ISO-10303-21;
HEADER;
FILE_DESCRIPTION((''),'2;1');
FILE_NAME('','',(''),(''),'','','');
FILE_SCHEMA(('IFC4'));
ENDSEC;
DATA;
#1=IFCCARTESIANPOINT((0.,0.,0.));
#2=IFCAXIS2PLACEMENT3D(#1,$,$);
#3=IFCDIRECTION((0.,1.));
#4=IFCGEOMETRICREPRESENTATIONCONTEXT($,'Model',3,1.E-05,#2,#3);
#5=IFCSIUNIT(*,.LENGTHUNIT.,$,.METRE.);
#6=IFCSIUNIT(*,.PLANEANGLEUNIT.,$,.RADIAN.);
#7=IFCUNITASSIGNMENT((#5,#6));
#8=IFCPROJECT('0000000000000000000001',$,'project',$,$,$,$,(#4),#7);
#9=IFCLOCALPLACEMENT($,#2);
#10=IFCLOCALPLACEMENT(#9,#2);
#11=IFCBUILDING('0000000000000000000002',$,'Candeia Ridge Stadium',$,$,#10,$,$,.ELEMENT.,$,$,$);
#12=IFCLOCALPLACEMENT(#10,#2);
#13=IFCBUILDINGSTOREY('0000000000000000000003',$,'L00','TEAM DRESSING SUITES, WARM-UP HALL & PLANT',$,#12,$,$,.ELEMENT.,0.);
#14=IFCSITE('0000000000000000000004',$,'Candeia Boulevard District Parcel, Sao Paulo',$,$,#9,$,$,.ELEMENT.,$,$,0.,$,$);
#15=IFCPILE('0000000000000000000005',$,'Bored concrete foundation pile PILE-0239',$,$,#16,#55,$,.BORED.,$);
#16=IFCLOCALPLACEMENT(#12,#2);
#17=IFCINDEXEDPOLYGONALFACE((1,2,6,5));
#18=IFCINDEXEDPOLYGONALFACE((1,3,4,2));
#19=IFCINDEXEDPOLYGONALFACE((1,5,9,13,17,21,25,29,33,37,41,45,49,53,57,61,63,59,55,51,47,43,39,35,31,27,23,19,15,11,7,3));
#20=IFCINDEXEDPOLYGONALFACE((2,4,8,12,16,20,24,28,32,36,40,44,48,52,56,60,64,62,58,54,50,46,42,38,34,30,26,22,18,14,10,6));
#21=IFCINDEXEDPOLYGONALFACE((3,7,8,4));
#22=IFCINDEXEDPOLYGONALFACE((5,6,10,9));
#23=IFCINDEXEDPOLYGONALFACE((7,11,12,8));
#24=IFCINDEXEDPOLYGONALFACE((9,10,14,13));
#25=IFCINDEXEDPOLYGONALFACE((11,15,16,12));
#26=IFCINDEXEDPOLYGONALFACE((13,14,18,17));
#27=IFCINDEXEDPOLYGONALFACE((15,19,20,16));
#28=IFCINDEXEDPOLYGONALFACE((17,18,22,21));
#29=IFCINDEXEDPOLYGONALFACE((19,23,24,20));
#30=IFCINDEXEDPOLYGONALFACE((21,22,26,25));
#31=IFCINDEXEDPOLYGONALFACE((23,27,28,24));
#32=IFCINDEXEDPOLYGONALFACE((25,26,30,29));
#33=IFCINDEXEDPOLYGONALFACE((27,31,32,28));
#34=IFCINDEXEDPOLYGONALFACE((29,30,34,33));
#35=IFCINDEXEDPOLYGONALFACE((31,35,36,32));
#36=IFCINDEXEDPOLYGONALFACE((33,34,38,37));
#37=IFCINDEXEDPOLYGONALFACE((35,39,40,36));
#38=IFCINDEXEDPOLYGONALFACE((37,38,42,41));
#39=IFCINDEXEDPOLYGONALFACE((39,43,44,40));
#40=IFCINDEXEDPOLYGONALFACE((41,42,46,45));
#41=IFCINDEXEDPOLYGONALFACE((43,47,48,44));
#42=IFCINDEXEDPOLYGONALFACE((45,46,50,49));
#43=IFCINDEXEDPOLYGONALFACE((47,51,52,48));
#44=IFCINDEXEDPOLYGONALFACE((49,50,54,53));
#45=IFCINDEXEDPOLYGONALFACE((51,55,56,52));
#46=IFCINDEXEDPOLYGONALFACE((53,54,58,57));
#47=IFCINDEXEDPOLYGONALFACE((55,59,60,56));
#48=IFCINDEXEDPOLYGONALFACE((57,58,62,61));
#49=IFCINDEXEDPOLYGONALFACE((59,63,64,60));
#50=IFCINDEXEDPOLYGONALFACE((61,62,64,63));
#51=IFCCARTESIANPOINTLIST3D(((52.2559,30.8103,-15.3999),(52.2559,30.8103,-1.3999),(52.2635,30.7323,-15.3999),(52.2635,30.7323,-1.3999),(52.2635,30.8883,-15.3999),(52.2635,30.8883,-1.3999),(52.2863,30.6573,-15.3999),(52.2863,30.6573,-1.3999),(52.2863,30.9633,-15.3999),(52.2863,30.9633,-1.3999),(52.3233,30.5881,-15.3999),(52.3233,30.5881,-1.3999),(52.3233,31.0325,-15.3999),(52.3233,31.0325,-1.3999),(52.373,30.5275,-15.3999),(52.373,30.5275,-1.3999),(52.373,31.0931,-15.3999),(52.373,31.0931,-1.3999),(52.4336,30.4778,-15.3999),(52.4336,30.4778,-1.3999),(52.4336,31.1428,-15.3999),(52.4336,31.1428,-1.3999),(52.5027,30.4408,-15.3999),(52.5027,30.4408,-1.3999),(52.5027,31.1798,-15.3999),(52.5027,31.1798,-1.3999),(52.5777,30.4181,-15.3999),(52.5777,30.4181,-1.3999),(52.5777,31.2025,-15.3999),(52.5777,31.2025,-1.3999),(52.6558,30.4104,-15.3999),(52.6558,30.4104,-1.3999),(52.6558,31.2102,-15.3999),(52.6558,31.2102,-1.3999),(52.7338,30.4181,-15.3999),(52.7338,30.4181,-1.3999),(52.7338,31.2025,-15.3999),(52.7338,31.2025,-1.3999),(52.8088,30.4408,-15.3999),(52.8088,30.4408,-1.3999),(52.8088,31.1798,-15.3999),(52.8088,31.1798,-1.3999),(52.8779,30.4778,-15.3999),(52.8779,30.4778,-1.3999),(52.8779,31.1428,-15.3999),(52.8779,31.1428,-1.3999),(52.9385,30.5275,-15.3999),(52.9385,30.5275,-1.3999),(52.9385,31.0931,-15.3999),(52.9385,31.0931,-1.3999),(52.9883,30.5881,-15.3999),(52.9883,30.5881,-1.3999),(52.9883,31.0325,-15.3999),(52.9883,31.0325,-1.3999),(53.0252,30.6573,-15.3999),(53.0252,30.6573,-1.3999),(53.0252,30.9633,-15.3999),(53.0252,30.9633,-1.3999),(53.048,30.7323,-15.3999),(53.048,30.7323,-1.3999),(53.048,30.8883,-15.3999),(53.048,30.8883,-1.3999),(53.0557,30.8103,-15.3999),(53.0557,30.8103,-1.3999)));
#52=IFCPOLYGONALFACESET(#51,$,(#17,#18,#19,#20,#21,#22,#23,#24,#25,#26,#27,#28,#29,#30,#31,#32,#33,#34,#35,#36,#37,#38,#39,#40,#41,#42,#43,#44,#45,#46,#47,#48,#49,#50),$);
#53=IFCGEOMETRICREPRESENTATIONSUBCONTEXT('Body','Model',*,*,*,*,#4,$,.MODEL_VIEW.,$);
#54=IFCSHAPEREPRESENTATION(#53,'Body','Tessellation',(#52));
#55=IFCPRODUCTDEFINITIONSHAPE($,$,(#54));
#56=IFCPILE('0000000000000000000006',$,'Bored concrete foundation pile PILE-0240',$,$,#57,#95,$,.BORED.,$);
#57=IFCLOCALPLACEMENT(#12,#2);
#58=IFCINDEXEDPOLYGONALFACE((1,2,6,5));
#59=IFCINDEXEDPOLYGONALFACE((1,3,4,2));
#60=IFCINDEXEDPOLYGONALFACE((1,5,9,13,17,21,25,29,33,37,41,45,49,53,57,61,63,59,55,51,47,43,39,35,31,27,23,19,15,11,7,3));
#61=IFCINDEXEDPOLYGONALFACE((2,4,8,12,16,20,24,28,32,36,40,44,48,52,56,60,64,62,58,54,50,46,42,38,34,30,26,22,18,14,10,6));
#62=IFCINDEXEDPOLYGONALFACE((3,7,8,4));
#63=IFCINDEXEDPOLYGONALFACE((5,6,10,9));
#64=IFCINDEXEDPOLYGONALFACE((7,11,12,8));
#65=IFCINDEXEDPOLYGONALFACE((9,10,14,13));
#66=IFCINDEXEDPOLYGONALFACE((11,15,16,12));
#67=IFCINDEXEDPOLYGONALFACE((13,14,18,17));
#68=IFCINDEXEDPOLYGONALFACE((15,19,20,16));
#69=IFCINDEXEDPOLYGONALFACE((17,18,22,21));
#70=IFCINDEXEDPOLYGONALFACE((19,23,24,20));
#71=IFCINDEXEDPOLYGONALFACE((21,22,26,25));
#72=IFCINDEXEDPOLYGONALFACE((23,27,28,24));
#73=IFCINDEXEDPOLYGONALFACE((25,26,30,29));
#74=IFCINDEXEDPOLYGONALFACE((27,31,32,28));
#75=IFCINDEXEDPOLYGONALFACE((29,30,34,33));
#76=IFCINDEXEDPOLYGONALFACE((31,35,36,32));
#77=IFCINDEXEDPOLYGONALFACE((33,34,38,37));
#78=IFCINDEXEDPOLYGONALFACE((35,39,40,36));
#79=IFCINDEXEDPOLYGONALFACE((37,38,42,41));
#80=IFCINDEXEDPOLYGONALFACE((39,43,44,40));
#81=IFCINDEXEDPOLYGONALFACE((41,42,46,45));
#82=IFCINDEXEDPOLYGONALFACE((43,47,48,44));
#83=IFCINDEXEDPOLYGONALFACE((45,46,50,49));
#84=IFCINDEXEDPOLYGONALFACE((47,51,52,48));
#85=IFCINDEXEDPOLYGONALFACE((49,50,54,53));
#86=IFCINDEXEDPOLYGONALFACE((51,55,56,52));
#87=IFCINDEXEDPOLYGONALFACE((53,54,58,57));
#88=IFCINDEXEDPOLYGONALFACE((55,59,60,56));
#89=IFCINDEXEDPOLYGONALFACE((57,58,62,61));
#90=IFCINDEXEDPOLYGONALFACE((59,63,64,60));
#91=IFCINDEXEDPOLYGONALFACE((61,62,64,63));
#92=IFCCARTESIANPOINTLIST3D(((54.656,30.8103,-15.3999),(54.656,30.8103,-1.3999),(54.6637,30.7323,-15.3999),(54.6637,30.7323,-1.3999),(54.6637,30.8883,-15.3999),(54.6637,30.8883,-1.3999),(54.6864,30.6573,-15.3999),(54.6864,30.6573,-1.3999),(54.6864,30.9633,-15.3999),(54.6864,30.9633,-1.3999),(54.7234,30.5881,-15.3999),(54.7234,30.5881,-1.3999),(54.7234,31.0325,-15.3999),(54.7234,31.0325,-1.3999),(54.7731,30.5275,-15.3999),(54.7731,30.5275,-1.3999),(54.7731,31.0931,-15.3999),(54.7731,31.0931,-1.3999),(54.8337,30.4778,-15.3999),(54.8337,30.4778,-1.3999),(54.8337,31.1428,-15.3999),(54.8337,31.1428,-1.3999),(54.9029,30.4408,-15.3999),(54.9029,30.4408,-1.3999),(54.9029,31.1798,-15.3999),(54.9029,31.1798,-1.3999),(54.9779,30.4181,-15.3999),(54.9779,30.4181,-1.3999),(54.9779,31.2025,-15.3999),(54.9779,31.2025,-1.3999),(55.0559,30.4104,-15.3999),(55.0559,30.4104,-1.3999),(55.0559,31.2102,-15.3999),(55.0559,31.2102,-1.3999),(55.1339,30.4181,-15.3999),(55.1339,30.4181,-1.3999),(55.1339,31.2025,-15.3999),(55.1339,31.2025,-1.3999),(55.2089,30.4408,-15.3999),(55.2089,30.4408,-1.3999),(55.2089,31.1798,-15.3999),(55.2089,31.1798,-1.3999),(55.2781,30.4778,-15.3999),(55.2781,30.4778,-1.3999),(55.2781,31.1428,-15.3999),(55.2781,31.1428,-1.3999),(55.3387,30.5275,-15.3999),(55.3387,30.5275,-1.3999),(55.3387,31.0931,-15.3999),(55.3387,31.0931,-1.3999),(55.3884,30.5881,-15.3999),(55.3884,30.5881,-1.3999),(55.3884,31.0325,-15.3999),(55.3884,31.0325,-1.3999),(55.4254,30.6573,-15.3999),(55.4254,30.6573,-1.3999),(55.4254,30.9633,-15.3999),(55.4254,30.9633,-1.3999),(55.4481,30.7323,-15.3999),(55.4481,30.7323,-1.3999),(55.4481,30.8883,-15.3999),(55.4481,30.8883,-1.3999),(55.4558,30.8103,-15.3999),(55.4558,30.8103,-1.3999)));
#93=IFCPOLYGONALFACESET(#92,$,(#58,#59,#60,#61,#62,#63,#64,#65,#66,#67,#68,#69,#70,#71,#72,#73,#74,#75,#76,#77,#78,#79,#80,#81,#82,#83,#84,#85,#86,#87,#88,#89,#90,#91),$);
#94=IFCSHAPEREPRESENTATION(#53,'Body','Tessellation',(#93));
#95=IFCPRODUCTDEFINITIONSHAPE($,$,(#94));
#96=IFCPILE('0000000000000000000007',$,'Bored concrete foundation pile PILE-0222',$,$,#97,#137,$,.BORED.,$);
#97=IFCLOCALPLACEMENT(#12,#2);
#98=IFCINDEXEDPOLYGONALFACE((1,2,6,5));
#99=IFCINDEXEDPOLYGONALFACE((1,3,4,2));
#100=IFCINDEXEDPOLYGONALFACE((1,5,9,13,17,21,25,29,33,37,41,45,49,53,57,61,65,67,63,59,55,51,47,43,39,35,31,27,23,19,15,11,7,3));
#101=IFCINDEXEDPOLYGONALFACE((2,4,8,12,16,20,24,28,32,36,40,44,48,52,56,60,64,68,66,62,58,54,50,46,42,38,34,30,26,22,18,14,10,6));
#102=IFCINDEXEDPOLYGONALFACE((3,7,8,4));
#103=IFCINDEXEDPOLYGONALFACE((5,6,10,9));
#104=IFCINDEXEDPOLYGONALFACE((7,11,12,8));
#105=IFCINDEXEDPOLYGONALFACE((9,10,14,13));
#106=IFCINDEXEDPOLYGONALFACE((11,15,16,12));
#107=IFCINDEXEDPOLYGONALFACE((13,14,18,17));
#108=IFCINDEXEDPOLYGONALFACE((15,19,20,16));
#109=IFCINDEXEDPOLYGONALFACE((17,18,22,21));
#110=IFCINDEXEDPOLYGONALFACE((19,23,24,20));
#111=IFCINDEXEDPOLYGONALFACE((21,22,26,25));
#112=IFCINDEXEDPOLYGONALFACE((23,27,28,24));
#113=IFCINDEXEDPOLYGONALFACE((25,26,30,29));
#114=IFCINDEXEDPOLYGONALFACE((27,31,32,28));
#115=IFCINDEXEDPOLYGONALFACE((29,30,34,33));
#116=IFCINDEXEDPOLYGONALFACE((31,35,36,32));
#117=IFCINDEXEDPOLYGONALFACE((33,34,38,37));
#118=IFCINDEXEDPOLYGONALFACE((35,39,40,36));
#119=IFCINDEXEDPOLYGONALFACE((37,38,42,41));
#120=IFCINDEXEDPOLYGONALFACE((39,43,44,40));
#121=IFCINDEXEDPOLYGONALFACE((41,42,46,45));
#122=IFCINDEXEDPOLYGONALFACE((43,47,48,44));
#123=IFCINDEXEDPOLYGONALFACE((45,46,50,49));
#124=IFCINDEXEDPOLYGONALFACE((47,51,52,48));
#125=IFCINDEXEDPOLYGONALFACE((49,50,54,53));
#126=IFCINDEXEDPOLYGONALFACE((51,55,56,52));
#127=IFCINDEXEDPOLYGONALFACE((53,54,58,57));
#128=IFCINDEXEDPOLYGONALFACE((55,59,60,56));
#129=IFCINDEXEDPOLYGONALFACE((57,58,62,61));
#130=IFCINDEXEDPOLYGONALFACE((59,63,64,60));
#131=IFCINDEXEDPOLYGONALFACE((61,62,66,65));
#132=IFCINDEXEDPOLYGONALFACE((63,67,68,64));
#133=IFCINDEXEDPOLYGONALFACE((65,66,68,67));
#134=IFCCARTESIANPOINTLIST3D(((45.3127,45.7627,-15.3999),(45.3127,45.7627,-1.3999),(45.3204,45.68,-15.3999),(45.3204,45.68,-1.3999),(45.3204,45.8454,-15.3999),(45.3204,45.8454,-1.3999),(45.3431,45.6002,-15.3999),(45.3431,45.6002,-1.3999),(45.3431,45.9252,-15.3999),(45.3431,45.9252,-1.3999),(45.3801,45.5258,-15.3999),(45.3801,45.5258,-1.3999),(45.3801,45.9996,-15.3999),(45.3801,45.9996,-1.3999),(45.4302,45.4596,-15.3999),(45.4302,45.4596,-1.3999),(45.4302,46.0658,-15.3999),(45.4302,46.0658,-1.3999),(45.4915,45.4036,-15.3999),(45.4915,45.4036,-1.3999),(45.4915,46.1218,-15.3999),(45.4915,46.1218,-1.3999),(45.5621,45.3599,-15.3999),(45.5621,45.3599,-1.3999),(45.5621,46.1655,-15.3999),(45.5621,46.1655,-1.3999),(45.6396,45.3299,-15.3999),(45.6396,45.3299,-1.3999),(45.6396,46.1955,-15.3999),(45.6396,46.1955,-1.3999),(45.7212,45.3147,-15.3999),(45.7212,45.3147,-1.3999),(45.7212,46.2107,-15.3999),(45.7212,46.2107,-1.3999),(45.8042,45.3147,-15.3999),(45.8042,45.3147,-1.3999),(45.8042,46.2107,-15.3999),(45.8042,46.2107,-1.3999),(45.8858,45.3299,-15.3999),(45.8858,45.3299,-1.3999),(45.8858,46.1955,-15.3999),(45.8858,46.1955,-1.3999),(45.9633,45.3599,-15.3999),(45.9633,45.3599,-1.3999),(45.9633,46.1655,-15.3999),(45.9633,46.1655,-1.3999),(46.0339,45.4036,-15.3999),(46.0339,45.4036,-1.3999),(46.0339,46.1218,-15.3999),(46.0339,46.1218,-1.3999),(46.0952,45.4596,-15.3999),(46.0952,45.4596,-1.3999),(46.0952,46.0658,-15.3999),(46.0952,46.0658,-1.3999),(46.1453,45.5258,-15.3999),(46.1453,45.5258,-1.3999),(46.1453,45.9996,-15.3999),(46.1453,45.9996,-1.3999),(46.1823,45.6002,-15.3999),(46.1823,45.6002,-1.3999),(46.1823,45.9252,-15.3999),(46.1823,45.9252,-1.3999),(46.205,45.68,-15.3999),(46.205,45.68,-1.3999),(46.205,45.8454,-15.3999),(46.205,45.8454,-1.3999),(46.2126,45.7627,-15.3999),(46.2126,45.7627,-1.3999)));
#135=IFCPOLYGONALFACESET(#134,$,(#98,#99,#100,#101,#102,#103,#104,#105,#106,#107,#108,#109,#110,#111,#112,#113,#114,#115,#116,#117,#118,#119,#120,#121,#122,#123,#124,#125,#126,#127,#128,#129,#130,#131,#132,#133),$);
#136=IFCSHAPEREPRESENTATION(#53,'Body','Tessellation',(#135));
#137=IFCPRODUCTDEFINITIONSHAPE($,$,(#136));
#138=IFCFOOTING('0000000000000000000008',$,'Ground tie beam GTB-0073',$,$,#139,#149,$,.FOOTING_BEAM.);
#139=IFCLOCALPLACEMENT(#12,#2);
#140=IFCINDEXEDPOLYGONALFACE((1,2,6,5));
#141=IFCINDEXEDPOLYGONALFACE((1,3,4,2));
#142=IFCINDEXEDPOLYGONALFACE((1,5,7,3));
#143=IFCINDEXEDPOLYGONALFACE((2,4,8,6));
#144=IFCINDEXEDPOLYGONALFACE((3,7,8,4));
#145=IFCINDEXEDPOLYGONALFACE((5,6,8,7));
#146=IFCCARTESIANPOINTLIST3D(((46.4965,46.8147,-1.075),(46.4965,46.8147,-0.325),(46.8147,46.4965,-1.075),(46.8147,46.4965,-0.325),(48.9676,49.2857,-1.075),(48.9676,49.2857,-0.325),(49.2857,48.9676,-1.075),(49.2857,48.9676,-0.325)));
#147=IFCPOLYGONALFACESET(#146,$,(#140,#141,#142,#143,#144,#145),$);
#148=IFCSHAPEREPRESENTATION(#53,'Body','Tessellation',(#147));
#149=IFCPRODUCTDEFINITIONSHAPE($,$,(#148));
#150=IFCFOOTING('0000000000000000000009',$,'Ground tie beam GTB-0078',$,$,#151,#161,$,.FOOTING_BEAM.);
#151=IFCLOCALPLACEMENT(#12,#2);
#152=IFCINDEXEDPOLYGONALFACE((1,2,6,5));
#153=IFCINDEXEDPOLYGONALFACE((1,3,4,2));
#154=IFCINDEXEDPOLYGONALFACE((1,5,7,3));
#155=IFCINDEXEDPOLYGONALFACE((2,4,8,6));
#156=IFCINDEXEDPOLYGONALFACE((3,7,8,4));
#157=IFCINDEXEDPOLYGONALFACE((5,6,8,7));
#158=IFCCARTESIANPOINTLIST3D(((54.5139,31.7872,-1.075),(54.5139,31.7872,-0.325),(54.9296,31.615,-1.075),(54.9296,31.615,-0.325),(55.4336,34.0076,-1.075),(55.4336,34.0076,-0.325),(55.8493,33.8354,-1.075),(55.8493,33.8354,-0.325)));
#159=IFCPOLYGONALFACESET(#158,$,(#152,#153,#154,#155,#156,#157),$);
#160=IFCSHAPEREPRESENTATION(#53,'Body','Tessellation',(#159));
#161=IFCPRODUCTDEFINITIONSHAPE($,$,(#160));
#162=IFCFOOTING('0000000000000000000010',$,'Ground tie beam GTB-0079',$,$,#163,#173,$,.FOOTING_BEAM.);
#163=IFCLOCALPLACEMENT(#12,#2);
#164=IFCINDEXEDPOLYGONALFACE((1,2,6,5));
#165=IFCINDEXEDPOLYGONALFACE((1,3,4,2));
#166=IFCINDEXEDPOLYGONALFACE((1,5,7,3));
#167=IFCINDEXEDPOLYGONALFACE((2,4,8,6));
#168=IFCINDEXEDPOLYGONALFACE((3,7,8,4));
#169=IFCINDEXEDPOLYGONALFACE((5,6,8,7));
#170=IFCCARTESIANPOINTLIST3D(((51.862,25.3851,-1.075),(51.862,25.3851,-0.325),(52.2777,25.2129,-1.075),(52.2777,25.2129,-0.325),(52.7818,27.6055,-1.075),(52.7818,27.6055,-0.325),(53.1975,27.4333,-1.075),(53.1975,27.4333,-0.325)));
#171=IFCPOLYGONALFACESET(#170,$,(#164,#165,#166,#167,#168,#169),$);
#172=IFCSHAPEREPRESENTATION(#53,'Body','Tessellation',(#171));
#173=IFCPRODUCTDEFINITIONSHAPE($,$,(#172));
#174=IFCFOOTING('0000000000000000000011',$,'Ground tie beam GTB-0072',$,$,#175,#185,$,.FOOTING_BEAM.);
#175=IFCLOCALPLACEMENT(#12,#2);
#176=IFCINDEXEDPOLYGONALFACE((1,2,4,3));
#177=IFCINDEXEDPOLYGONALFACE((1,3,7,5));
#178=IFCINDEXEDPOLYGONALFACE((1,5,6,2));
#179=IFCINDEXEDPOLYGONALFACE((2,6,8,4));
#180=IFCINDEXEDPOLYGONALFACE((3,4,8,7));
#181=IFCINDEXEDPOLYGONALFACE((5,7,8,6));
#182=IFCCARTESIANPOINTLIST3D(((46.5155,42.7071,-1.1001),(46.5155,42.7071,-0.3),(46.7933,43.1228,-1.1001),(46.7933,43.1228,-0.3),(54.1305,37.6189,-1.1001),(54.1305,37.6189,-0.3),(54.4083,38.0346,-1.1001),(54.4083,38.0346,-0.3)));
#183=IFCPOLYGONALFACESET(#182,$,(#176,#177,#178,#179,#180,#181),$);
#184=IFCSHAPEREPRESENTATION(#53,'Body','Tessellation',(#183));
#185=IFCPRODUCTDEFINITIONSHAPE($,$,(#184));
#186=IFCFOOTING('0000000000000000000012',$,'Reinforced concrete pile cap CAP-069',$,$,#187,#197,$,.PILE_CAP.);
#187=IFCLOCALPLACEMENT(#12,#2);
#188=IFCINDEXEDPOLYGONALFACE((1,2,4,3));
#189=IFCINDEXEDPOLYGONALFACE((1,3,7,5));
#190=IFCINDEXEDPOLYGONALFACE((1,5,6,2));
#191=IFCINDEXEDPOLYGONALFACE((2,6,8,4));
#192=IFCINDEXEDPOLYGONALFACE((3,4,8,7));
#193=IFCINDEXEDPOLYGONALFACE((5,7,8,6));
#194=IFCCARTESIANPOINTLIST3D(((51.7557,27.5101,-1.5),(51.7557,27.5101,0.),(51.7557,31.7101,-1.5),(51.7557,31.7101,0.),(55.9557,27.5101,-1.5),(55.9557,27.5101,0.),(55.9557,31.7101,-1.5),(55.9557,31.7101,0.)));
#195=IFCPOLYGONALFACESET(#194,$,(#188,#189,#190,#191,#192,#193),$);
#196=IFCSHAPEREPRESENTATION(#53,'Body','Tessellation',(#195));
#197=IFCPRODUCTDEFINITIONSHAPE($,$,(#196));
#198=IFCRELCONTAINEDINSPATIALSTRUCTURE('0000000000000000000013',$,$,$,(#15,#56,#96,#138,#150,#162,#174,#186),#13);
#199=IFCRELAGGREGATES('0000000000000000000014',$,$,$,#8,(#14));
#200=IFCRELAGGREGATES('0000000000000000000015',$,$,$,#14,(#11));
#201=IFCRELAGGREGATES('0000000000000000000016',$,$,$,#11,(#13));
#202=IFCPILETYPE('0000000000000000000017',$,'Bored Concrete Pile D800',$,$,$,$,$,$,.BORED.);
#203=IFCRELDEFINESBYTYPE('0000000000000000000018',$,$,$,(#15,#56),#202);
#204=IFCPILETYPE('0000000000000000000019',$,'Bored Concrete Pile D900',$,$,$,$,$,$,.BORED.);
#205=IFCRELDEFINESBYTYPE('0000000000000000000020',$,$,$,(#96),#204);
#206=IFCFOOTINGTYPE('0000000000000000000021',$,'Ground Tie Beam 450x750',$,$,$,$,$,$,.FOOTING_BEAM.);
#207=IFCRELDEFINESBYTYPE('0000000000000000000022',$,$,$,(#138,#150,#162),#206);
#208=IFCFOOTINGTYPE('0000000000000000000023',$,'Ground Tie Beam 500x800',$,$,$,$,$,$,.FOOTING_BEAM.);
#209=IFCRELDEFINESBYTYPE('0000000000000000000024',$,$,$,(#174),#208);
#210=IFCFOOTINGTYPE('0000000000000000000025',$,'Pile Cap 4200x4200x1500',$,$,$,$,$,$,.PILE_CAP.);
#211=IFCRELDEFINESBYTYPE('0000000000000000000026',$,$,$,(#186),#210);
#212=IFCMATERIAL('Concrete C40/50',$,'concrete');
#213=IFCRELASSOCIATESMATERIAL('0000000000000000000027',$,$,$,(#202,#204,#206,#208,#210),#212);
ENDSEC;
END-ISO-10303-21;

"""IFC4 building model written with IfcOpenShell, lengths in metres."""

from ifc_helpers import new_model, si_unit, direction, frame, origin, origin_2d, place, context, subcontext, project, spatial, rectangle, circle, extrude, material, material_profile, profile_set, type_object, element, save


model = new_model("IFC4")

# Units and contexts
model_context = context("Model", 3, precision=1e-05, world=origin(), true_north=direction((0.0, 1.0)))
body_context = subcontext(model_context, "Body", "Model", "MODEL_VIEW")
ifc_project = project(units=[si_unit("LENGTHUNIT", "METRE"), si_unit("PLANEANGLEUNIT", "RADIAN")], contexts=[model_context])

# Site, building, storey
site_placement = place(None, origin())
site = spatial("IfcSite", under=ifc_project, at=site_placement, Name="Candeia Boulevard District Parcel, Sao Paulo", CompositionType="ELEMENT", RefElevation=0.0)
building_placement = place(site_placement, origin())
building = spatial("IfcBuilding", under=site, at=building_placement, Name="Candeia Ridge Stadium", CompositionType="ELEMENT")
storey_placement = place(building_placement, origin())
storey = spatial("IfcBuildingStorey", under=building, at=storey_placement, Name="L00", Description="TEAM DRESSING SUITES, WARM-UP HALL & PLANT", CompositionType="ELEMENT", Elevation=0.0)

# Piles
ifc_material_1 = material(Name="Concrete C40/50", Category="concrete")
ifc_material_profile_1 = material_profile(ifc_material_1, circle(Radius=0.3999, at=origin_2d()), Name="PILE-D800", Category="concrete")
ifc_profile_set_1 = profile_set([ifc_material_profile_1], Name="Concrete C40/50")
pile_type_1 = type_object("IfcPileType", Name="Bored Concrete Pile D800", PredefinedType="BORED", material=ifc_profile_set_1)
for number, where, z_axis, x_axis, name in (
    (1, (52.6558, 30.8103, -1.3999), (0.0, 0.0, -1.0), (1.0, 0.0, 0.0), "Bored concrete foundation pile PILE-0239"),
    (2, (55.0559, 30.8103, -1.3999), (0.0, 0.0, -1.0), (1.0, 0.0, 0.0), "Bored concrete foundation pile PILE-0240"),
):
    element("IfcPile", number, at=place(storey_placement, frame(where, z_axis=z_axis, x_axis=x_axis)), inside=storey, type_object=pile_type_1, Name=name, PredefinedType="BORED", context=body_context, shape_type="SweptSolid", body=[
        extrude(circle(Radius=0.3999, at=origin_2d()), origin(), (0.0, 0.0, 1.0), 14.0),
    ])
ifc_material_profile_2 = material_profile(ifc_material_1, circle(Radius=0.45, at=origin_2d()), Name="PILE-D900", Category="concrete")
ifc_profile_set_2 = profile_set([ifc_material_profile_2], Name="Concrete C40/50")
pile_type_2 = type_object("IfcPileType", Name="Bored Concrete Pile D900", PredefinedType="BORED", material=ifc_profile_set_2)
pile_placement = place(storey_placement, frame((45.7627, 45.7627, -1.3999), z_axis=(0.0, 0.0, -1.0), x_axis=(1.0, 0.0, 0.0)))
element("IfcPile", 3, at=pile_placement, inside=storey, type_object=pile_type_2, Name="Bored concrete foundation pile PILE-0222", PredefinedType="BORED", context=body_context, shape_type="SweptSolid", body=[
    extrude(circle(Radius=0.45, at=origin_2d()), origin(), (0.0, 0.0, 1.0), 14.0),
])

# Footings
footing_type_1 = type_object("IfcFootingType", Name="Ground Tie Beam 450x750", PredefinedType="FOOTING_BEAM", material=ifc_material_1)
footing_1_placement = place(storey_placement, frame((47.8911, 47.8911, -1.075), z_axis=(0.0, 0.0, 1.0), x_axis=(-0.707107, -0.707107, 0.0)))
element("IfcFooting", 4, at=footing_1_placement, inside=storey, type_object=footing_type_1, Name="Ground tie beam GTB-0073", PredefinedType="FOOTING_BEAM", context=body_context, shape_type="SweptSolid", body=[
    extrude(rectangle(XDim=3.4946, YDim=0.45, at=origin_2d()), origin(), (0.0, 0.0, 1.0), 0.75),
])
for number, where, z_axis, x_axis, name in (
    (5, (55.1816, 32.8113, -1.075), (0.0, 0.0, 1.0), (-0.382676, -0.923882, 0.0), "Ground tie beam GTB-0078"),
    (6, (52.5298, 26.4092, -1.075), (0.0, 0.0, 1.0), (-0.382712, -0.923868, 0.0), "Ground tie beam GTB-0079"),
):
    element("IfcFooting", number, at=place(storey_placement, frame(where, z_axis=z_axis, x_axis=x_axis)), inside=storey, type_object=footing_type_1, Name=name, PredefinedType="FOOTING_BEAM", context=body_context, shape_type="SweptSolid", body=[
        extrude(rectangle(XDim=2.4033, YDim=0.45, at=origin_2d()), origin(), (0.0, 0.0, 1.0), 0.75),
    ])
footing_type_2 = type_object("IfcFootingType", Name="Ground Tie Beam 500x800", PredefinedType="FOOTING_BEAM", material=ifc_material_1)
footing_2_placement = place(storey_placement, frame((50.4619, 40.3708, -1.1001), z_axis=(0.0, 0.0, 1.0), x_axis=(0.83147, -0.555569, 0.0)))
element("IfcFooting", 7, at=footing_2_placement, inside=storey, type_object=footing_type_2, Name="Ground tie beam GTB-0072", PredefinedType="FOOTING_BEAM", context=body_context, shape_type="SweptSolid", body=[
    extrude(rectangle(XDim=9.1584, YDim=0.5, at=origin_2d()), origin(), (0.0, 0.0, 1.0), 0.8),
])
footing_type_3 = type_object("IfcFootingType", Name="Pile Cap 4200x4200x1500", PredefinedType="PILE_CAP", material=ifc_material_1)
footing_3_placement = place(storey_placement, frame((53.8557, 29.6101, -1.5), z_axis=(0.0, 0.0, 1.0), x_axis=(1.0, 0.0, 0.0)))
element("IfcFooting", 8, at=footing_3_placement, inside=storey, type_object=footing_type_3, Name="Reinforced concrete pile cap CAP-069", PredefinedType="PILE_CAP", context=body_context, shape_type="SweptSolid", body=[
    extrude(rectangle(XDim=4.2, YDim=4.2, at=origin_2d()), origin(), (0.0, 0.0, 1.0), 1.5),
])

save(model, "model.ifc")
